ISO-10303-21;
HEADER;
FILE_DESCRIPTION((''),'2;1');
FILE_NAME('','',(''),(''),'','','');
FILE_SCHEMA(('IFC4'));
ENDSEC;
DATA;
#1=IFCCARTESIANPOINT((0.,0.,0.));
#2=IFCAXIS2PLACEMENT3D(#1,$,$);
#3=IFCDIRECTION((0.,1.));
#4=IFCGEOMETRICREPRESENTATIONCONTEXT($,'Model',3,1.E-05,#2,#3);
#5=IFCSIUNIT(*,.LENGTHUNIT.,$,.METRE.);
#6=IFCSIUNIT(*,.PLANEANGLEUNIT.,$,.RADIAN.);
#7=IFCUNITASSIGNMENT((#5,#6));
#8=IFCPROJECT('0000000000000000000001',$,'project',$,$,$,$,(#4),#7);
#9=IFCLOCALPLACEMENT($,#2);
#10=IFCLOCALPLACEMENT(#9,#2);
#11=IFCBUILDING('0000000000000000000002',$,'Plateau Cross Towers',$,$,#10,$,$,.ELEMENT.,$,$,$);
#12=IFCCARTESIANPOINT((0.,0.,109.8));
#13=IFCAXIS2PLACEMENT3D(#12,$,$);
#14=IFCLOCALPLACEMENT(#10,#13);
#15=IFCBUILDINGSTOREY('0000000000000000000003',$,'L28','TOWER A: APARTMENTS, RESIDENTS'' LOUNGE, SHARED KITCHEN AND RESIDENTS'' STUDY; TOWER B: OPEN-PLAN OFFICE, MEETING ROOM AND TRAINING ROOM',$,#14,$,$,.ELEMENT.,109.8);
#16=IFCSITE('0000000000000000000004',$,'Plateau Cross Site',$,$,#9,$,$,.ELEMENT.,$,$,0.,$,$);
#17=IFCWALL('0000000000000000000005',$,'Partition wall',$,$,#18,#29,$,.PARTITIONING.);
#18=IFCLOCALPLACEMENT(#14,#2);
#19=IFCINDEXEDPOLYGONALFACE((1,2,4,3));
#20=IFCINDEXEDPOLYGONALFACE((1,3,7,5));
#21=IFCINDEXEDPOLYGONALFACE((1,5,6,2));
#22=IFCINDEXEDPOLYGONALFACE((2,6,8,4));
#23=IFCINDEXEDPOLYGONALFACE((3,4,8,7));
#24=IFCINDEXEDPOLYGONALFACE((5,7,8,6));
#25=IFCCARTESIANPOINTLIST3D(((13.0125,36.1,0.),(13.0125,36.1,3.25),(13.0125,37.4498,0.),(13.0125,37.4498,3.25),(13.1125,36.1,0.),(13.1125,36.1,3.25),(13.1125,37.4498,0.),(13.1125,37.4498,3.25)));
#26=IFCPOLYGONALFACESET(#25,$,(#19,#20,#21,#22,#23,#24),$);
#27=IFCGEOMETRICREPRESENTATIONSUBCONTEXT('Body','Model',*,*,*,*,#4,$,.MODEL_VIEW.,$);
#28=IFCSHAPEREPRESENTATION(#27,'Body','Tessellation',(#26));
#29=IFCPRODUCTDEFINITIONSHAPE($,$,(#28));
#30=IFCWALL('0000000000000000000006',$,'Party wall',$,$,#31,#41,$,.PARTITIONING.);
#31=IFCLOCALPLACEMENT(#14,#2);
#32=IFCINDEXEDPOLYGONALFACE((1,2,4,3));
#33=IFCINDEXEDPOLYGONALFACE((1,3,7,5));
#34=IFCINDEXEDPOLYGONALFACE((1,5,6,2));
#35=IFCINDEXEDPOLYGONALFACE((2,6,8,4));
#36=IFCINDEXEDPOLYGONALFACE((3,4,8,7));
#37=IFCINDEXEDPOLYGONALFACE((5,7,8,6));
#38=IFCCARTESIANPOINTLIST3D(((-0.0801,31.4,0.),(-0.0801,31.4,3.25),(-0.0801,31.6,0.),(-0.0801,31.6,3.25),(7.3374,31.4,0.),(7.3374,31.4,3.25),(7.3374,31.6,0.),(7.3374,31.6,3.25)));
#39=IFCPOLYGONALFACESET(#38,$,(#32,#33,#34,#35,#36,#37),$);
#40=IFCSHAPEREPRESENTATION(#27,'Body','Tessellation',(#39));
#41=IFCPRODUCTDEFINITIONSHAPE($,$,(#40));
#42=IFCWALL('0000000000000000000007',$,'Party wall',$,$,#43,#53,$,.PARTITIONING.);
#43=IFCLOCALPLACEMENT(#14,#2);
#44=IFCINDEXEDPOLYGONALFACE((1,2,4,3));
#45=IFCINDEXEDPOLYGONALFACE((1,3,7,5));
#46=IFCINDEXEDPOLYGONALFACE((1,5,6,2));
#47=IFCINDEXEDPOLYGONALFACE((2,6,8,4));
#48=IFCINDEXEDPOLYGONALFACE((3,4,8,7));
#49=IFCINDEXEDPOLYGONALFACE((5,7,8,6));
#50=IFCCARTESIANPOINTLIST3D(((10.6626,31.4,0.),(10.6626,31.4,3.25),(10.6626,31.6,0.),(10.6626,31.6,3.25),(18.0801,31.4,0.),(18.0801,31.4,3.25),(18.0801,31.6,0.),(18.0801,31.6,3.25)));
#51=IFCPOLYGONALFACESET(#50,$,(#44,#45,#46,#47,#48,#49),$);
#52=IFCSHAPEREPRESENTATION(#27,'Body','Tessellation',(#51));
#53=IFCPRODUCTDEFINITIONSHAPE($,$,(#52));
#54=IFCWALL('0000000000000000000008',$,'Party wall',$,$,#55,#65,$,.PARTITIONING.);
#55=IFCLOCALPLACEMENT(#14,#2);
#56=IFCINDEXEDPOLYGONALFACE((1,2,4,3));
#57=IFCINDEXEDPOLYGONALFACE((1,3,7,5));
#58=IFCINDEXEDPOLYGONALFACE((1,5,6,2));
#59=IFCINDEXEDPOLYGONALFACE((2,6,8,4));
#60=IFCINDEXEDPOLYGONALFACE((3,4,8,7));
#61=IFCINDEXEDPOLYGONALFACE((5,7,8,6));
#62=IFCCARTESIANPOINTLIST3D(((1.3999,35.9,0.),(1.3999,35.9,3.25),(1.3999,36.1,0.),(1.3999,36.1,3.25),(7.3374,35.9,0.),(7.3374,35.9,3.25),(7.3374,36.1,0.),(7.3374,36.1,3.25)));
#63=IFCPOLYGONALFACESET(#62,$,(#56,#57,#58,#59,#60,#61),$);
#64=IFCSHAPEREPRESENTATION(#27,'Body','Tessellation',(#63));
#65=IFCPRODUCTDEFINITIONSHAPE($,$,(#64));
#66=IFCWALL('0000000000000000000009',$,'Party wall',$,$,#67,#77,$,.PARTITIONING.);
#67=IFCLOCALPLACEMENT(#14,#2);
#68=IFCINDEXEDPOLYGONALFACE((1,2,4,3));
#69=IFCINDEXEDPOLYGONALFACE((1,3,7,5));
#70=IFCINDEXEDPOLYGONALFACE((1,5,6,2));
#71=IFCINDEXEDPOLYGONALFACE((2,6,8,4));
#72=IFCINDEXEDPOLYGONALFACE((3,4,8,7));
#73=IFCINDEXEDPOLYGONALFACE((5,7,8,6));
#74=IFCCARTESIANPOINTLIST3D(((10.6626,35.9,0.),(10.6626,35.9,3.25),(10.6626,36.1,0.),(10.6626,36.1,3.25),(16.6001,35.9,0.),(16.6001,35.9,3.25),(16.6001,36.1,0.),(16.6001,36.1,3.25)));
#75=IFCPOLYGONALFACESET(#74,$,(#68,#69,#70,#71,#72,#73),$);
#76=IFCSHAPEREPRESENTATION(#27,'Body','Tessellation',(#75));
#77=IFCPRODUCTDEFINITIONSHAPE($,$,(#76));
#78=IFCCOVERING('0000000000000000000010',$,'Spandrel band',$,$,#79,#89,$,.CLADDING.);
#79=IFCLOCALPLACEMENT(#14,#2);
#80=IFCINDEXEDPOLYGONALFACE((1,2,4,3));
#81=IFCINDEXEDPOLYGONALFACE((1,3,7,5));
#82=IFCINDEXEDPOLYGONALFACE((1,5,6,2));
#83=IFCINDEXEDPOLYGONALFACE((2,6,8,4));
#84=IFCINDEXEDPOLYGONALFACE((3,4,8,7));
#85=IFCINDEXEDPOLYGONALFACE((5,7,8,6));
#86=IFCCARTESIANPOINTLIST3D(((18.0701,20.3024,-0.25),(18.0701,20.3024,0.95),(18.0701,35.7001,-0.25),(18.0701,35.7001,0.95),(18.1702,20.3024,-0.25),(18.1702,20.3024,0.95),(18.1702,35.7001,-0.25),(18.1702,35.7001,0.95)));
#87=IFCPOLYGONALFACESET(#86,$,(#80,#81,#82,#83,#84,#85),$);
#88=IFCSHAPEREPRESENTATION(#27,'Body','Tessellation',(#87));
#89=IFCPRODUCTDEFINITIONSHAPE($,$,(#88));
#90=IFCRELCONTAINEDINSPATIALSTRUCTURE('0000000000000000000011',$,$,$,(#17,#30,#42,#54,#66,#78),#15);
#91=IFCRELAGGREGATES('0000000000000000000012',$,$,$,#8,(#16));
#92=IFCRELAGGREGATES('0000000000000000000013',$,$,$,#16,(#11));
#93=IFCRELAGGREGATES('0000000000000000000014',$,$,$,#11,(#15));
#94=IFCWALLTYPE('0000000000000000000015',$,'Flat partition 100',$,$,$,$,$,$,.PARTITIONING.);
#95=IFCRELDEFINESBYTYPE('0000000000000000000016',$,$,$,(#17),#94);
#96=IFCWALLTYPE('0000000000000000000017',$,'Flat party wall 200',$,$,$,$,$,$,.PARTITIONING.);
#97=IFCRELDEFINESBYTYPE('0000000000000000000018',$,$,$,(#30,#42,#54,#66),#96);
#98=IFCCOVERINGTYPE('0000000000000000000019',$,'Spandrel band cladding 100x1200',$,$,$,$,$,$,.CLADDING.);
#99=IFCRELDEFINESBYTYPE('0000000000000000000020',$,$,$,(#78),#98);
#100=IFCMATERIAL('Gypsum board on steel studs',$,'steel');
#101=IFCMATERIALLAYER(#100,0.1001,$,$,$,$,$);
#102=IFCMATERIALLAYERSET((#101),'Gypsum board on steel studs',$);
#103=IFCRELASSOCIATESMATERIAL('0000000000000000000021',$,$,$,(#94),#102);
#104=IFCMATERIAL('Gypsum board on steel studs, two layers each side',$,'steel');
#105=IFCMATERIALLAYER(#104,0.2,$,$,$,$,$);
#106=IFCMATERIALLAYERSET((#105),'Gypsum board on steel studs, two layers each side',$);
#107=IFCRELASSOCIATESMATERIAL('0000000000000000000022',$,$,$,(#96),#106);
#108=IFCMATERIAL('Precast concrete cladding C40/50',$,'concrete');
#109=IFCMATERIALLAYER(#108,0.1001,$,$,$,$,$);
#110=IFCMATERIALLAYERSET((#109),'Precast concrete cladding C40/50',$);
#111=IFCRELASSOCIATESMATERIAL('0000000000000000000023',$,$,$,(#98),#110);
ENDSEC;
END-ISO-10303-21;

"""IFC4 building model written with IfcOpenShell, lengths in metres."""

from ifc_helpers import new_model, si_unit, direction, frame, frame_2d, origin, origin_2d, place, context, subcontext, project, spatial, rectangle, extrude, material, layer, layer_set, type_object, element, save


model = new_model("IFC4")

# Units and contexts
model_context = context("Model", 3, precision=1e-05, world=origin(), true_north=direction((0.0, 1.0)))
body_context = subcontext(model_context, "Body", "Model", "MODEL_VIEW")
ifc_project = project(units=[si_unit("LENGTHUNIT", "METRE"), si_unit("PLANEANGLEUNIT", "RADIAN")], contexts=[model_context])

# Site, building, storey
site_placement = place(None, origin())
site = spatial("IfcSite", under=ifc_project, at=site_placement, Name="Plateau Cross Site", CompositionType="ELEMENT", RefElevation=0.0)
building_placement = place(site_placement, origin())
building = spatial("IfcBuilding", under=site, at=building_placement, Name="Plateau Cross Towers", CompositionType="ELEMENT")
storey_placement = place(building_placement, frame((0.0, 0.0, 109.8)))
storey = spatial("IfcBuildingStorey", under=building, at=storey_placement, Name="L28", Description="TOWER A: APARTMENTS, RESIDENTS' LOUNGE, SHARED KITCHEN AND RESIDENTS' STUDY; TOWER B: OPEN-PLAN OFFICE, MEETING ROOM AND TRAINING ROOM", CompositionType="ELEMENT", Elevation=109.8)

# Shared definitions
ifc_material_1 = material(Name="Gypsum board on steel studs", Category="steel")
ifc_layer_1 = layer(ifc_material_1, 0.1001)
ifc_layer_set_1 = layer_set([ifc_layer_1], Name="Gypsum board on steel studs")
wall_type_1 = type_object("IfcWallType", Name="Flat partition 100", PredefinedType="PARTITIONING", material=ifc_layer_set_1)

# Walls
wall_1_placement = place(storey_placement, frame((13.0625, 36.1001, 0.0), z_axis=(0.0, 0.0, 1.0), x_axis=(0.0, 1.0, 0.0)))
element("IfcWall", 1, at=wall_1_placement, inside=storey, type_object=wall_type_1, Name="Partition wall", PredefinedType="PARTITIONING", context=body_context, shape_type="SweptSolid", body=[
    extrude(rectangle(XDim=1.3499, YDim=0.1001, at=frame_2d((0.6748, 0.0))), origin(), (0.0, 0.0, 1.0), 3.25),
])
ifc_material_2 = material(Name="Gypsum board on steel studs, two layers each side", Category="steel")
ifc_layer_2 = layer(ifc_material_2, 0.2)
ifc_layer_set_2 = layer_set([ifc_layer_2], Name="Gypsum board on steel studs, two layers each side")
wall_type_2 = type_object("IfcWallType", Name="Flat party wall 200", PredefinedType="PARTITIONING", material=ifc_layer_set_2)
for number, where, z_axis, x_axis, name in (
    (2, (7.3374, 31.5, 0.0), (0.0, 0.0, 1.0), (-1.0, 0.0, 0.0), "Party wall"),
    (3, (18.0801, 31.5, 0.0), (0.0, 0.0, 1.0), (-1.0, 0.0, 0.0), "Party wall"),
):
    element("IfcWall", number, at=place(storey_placement, frame(where, z_axis=z_axis, x_axis=x_axis)), inside=storey, type_object=wall_type_2, Name=name, PredefinedType="PARTITIONING", context=body_context, shape_type="SweptSolid", body=[
        extrude(rectangle(XDim=7.4175, YDim=0.2, at=frame_2d((3.7087, 0.0))), origin(), (0.0, 0.0, 1.0), 3.25),
    ])
for number, where, z_axis, x_axis, name in (
    (4, (7.3374, 36.0, 0.0), (0.0, 0.0, 1.0), (-1.0, 0.0, 0.0), "Party wall"),
    (5, (16.6001, 36.0, 0.0), (0.0, 0.0, 1.0), (-1.0, 0.0, 0.0), "Party wall"),
):
    element("IfcWall", number, at=place(storey_placement, frame(where, z_axis=z_axis, x_axis=x_axis)), inside=storey, type_object=wall_type_2, Name=name, PredefinedType="PARTITIONING", context=body_context, shape_type="SweptSolid", body=[
        extrude(rectangle(XDim=5.9375, YDim=0.2, at=frame_2d((2.9688, 0.0))), origin(), (0.0, 0.0, 1.0), 3.25),
    ])

# Covering
ifc_material_3 = material(Name="Precast concrete cladding C40/50", Category="concrete")
ifc_layer_3 = layer(ifc_material_3, 0.1001)
ifc_layer_set_3 = layer_set([ifc_layer_3], Name="Precast concrete cladding C40/50")
covering_type = type_object("IfcCoveringType", Name="Spandrel band cladding 100x1200", PredefinedType="CLADDING", material=ifc_layer_set_3)
covering_placement = place(storey_placement, frame((18.1201, 28.0012, -0.25), z_axis=(0.0, 0.0, 1.0), x_axis=(0.0, 1.0, 0.0)))
element("IfcCovering", 6, at=covering_placement, inside=storey, type_object=covering_type, Name="Spandrel band", PredefinedType="CLADDING", context=body_context, shape_type="SweptSolid", body=[
    extrude(rectangle(XDim=15.3977, YDim=0.1001, at=origin_2d()), origin(), (0.0, 0.0, 1.0), 1.2),
])

save(model, "model.ifc")
